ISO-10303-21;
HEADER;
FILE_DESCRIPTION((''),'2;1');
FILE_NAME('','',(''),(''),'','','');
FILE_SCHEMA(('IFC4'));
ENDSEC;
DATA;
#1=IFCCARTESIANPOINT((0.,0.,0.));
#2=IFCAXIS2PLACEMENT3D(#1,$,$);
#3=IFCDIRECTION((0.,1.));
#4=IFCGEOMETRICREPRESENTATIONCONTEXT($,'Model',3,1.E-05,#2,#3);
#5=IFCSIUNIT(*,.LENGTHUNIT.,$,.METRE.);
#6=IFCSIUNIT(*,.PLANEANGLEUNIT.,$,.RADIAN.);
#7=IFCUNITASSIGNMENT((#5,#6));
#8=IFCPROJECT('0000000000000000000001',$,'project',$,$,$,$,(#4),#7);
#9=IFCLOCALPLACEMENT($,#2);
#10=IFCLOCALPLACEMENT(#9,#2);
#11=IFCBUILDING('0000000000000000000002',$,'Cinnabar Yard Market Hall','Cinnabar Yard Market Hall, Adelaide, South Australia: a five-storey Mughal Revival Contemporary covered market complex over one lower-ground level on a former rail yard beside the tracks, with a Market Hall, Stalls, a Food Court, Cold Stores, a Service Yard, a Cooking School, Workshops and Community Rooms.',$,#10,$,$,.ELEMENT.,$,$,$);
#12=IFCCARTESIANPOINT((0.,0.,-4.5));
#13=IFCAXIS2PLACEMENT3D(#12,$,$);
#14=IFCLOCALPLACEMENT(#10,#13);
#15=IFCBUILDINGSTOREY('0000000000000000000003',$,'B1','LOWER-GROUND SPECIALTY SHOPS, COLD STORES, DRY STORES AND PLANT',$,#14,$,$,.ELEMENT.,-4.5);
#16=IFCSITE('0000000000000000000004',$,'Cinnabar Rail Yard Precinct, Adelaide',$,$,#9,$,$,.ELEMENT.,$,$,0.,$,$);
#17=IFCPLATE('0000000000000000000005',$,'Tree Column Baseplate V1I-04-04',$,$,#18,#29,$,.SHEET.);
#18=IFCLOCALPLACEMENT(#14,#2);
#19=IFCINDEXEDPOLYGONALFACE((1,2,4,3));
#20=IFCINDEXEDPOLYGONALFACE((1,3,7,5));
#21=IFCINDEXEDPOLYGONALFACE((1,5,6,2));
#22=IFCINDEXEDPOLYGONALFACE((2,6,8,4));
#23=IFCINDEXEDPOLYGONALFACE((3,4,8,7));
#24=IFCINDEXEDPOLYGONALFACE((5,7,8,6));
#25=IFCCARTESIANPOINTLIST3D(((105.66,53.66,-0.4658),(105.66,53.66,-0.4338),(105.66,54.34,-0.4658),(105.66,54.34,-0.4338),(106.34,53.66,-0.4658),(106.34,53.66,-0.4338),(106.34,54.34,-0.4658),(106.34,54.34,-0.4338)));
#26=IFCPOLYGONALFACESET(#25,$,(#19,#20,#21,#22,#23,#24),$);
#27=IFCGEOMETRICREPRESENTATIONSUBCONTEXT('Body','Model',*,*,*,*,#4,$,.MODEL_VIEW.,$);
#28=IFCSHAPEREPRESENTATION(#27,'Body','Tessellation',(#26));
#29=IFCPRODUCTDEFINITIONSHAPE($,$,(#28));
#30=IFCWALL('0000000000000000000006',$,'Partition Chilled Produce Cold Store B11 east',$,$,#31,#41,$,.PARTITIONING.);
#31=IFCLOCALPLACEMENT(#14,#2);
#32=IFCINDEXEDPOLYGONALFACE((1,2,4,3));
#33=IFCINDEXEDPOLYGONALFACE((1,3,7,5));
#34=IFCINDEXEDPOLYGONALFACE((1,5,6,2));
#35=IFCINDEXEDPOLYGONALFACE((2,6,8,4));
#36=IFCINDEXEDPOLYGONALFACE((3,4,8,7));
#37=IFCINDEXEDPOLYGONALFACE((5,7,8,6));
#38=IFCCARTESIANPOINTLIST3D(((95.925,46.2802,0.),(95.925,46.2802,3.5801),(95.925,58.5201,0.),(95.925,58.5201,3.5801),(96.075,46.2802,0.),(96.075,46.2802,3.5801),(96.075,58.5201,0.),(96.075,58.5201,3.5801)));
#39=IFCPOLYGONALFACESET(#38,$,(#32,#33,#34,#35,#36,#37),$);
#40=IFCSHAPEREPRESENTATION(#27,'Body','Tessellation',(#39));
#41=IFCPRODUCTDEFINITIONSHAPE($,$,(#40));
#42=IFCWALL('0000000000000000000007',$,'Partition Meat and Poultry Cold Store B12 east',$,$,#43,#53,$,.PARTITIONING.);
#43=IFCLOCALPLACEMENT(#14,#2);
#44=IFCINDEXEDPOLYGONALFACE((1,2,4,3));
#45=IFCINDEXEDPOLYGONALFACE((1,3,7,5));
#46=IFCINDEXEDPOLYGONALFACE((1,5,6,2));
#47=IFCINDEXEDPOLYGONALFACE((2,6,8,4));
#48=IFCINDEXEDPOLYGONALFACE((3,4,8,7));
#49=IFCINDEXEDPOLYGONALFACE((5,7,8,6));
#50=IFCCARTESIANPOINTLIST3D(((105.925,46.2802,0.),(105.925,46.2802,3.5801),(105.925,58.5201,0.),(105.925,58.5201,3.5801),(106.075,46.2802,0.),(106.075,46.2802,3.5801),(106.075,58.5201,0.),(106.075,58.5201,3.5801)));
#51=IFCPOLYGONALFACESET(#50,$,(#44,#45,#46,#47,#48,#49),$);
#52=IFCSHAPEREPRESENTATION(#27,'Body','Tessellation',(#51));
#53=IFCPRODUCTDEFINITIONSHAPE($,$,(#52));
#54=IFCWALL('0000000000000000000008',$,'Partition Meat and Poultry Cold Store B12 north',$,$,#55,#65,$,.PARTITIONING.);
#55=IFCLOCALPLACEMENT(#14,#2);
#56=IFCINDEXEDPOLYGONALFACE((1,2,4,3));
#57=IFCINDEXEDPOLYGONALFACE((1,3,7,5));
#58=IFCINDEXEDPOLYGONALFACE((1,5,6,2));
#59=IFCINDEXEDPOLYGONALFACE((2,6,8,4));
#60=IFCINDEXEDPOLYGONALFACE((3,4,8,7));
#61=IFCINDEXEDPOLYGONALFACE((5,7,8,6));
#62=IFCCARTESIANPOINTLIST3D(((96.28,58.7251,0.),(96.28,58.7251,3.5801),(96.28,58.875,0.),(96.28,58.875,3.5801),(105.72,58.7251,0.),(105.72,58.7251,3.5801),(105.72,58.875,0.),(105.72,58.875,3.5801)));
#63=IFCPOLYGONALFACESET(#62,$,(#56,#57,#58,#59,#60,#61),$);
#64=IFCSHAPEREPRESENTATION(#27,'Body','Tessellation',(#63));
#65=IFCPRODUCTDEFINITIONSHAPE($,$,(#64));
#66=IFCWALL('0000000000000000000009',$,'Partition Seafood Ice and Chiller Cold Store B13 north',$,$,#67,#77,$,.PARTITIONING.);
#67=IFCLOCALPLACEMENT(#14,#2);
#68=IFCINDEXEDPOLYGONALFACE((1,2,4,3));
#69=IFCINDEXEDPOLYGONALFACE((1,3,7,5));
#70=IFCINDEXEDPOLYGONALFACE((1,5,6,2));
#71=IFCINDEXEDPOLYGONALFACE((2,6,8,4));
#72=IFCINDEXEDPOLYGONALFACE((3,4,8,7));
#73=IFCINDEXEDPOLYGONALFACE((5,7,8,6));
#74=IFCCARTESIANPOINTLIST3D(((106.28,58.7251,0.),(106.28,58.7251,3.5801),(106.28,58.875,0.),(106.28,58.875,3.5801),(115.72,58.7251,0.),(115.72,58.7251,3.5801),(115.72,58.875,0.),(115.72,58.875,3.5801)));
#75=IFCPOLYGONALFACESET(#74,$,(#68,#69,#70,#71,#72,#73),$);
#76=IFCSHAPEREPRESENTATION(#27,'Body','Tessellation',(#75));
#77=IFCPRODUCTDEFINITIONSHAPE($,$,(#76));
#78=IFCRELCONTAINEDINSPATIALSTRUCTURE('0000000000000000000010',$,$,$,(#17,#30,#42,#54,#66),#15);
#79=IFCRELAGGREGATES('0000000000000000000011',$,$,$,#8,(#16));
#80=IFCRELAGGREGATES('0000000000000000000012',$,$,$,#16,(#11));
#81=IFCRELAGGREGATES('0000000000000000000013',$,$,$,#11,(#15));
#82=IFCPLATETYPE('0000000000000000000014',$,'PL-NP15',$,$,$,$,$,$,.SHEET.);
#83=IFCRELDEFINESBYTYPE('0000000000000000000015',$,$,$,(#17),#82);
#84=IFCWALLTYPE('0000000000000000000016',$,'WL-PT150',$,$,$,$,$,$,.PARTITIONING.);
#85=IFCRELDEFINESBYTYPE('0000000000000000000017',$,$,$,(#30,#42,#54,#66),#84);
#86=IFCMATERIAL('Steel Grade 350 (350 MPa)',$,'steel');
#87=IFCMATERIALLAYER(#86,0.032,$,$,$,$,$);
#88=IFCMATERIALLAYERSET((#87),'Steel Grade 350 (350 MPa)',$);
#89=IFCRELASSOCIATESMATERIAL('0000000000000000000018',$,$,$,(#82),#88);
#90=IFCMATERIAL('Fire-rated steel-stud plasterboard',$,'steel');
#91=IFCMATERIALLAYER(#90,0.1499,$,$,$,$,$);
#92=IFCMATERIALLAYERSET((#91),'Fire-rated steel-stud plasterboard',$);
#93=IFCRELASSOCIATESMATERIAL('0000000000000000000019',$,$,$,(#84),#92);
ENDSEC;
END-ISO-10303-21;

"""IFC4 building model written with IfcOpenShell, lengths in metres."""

from ifc_helpers import new_model, si_unit, direction, frame, frame_2d, origin, origin_2d_with_axis, place, context, subcontext, project, spatial, rectangle, extrude, material, layer, layer_set, type_object, element, save


model = new_model("IFC4")

# Units and contexts
model_context = context("Model", 3, precision=1e-05, world=origin(), true_north=direction((0.0, 1.0)))
body_context = subcontext(model_context, "Body", "Model", "MODEL_VIEW")
ifc_project = project(units=[si_unit("LENGTHUNIT", "METRE"), si_unit("PLANEANGLEUNIT", "RADIAN")], contexts=[model_context])

# Site, building, storey
site_placement = place(None, origin())
site = spatial("IfcSite", under=ifc_project, at=site_placement, Name="Cinnabar Rail Yard Precinct, Adelaide", CompositionType="ELEMENT", RefElevation=0.0)
building_placement = place(site_placement, origin())
building = spatial("IfcBuilding", under=site, at=building_placement, Name="Cinnabar Yard Market Hall", Description="Cinnabar Yard Market Hall, Adelaide, South Australia: a five-storey Mughal Revival Contemporary covered market complex over one lower-ground level on a former rail yard beside the tracks, with a Market Hall, Stalls, a Food Court, Cold Stores, a Service Yard, a Cooking School, Workshops and Community Rooms.", CompositionType="ELEMENT")
storey_placement = place(building_placement, frame((0.0, 0.0, -4.5)))
storey = spatial("IfcBuildingStorey", under=building, at=storey_placement, Name="B1", Description="LOWER-GROUND SPECIALTY SHOPS, COLD STORES, DRY STORES AND PLANT", CompositionType="ELEMENT", Elevation=-4.5)

# Plate
ifc_material_1 = material(Name="Steel Grade 350 (350 MPa)", Category="steel")
ifc_layer_1 = layer(ifc_material_1, 0.032)
ifc_layer_set_1 = layer_set([ifc_layer_1], Name="Steel Grade 350 (350 MPa)")
plate_type = type_object("IfcPlateType", Name="PL-NP15", PredefinedType="SHEET", material=ifc_layer_set_1)
for number, where, z_axis, x_axis, name in (
    (1, (106.0, 54.0, -0.4658), (0.0, 0.0, 1.0), (1.0, 0.0, 0.0), "Tree Column Baseplate V1I-04-04"),
):
    element("IfcPlate", number, at=place(storey_placement, frame(where, z_axis=z_axis, x_axis=x_axis)), inside=storey, type_object=plate_type, Name=name, PredefinedType="SHEET", context=body_context, shape_type="SweptSolid", body=[
        extrude(rectangle(XDim=0.6799, YDim=0.6799, at=origin_2d_with_axis()), origin(), (0.0, 0.0, 1.0), 0.032),
    ])

# Walls
ifc_material_2 = material(Name="Fire-rated steel-stud plasterboard", Category="steel")
ifc_layer_2 = layer(ifc_material_2, 0.1499)
ifc_layer_set_2 = layer_set([ifc_layer_2], Name="Fire-rated steel-stud plasterboard")
wall_type = type_object("IfcWallType", Name="WL-PT150", PredefinedType="PARTITIONING", material=ifc_layer_set_2)
for number, where, z_axis, x_axis, name in (
    (2, (96.0, 46.28, 0.0), (0.0, 0.0, 1.0), (0.0, 1.0, 0.0), "Partition Chilled Produce Cold Store B11 east"),
    (3, (106.0, 46.28, 0.0), (0.0, 0.0, 1.0), (0.0, 1.0, 0.0), "Partition Meat and Poultry Cold Store B12 east"),
):
    element("IfcWall", number, at=place(storey_placement, frame(where, z_axis=z_axis, x_axis=x_axis)), inside=storey, type_object=wall_type, Name=name, PredefinedType="PARTITIONING", context=body_context, shape_type="SweptSolid", body=[
        extrude(rectangle(XDim=12.24, YDim=0.1499, at=frame_2d((6.1201, 0.0), x_axis=(1.0, 0.0))), origin(), (0.0, 0.0, 1.0), 3.5801),
    ])
for number, where, z_axis, x_axis, name in (
    (4, (105.72, 58.8, 0.0), (0.0, 0.0, 1.0), (-1.0, 0.0, 0.0), "Partition Meat and Poultry Cold Store B12 north"),
    (5, (115.72, 58.8, 0.0), (0.0, 0.0, 1.0), (-1.0, 0.0, 0.0), "Partition Seafood Ice and Chiller Cold Store B13 north"),
):
    element("IfcWall", number, at=place(storey_placement, frame(where, z_axis=z_axis, x_axis=x_axis)), inside=storey, type_object=wall_type, Name=name, PredefinedType="PARTITIONING", context=body_context, shape_type="SweptSolid", body=[
        extrude(rectangle(XDim=9.4399, YDim=0.1499, at=frame_2d((4.72, 0.0), x_axis=(1.0, 0.0))), origin(), (0.0, 0.0, 1.0), 3.5801),
    ])

save(model, "model.ifc")
